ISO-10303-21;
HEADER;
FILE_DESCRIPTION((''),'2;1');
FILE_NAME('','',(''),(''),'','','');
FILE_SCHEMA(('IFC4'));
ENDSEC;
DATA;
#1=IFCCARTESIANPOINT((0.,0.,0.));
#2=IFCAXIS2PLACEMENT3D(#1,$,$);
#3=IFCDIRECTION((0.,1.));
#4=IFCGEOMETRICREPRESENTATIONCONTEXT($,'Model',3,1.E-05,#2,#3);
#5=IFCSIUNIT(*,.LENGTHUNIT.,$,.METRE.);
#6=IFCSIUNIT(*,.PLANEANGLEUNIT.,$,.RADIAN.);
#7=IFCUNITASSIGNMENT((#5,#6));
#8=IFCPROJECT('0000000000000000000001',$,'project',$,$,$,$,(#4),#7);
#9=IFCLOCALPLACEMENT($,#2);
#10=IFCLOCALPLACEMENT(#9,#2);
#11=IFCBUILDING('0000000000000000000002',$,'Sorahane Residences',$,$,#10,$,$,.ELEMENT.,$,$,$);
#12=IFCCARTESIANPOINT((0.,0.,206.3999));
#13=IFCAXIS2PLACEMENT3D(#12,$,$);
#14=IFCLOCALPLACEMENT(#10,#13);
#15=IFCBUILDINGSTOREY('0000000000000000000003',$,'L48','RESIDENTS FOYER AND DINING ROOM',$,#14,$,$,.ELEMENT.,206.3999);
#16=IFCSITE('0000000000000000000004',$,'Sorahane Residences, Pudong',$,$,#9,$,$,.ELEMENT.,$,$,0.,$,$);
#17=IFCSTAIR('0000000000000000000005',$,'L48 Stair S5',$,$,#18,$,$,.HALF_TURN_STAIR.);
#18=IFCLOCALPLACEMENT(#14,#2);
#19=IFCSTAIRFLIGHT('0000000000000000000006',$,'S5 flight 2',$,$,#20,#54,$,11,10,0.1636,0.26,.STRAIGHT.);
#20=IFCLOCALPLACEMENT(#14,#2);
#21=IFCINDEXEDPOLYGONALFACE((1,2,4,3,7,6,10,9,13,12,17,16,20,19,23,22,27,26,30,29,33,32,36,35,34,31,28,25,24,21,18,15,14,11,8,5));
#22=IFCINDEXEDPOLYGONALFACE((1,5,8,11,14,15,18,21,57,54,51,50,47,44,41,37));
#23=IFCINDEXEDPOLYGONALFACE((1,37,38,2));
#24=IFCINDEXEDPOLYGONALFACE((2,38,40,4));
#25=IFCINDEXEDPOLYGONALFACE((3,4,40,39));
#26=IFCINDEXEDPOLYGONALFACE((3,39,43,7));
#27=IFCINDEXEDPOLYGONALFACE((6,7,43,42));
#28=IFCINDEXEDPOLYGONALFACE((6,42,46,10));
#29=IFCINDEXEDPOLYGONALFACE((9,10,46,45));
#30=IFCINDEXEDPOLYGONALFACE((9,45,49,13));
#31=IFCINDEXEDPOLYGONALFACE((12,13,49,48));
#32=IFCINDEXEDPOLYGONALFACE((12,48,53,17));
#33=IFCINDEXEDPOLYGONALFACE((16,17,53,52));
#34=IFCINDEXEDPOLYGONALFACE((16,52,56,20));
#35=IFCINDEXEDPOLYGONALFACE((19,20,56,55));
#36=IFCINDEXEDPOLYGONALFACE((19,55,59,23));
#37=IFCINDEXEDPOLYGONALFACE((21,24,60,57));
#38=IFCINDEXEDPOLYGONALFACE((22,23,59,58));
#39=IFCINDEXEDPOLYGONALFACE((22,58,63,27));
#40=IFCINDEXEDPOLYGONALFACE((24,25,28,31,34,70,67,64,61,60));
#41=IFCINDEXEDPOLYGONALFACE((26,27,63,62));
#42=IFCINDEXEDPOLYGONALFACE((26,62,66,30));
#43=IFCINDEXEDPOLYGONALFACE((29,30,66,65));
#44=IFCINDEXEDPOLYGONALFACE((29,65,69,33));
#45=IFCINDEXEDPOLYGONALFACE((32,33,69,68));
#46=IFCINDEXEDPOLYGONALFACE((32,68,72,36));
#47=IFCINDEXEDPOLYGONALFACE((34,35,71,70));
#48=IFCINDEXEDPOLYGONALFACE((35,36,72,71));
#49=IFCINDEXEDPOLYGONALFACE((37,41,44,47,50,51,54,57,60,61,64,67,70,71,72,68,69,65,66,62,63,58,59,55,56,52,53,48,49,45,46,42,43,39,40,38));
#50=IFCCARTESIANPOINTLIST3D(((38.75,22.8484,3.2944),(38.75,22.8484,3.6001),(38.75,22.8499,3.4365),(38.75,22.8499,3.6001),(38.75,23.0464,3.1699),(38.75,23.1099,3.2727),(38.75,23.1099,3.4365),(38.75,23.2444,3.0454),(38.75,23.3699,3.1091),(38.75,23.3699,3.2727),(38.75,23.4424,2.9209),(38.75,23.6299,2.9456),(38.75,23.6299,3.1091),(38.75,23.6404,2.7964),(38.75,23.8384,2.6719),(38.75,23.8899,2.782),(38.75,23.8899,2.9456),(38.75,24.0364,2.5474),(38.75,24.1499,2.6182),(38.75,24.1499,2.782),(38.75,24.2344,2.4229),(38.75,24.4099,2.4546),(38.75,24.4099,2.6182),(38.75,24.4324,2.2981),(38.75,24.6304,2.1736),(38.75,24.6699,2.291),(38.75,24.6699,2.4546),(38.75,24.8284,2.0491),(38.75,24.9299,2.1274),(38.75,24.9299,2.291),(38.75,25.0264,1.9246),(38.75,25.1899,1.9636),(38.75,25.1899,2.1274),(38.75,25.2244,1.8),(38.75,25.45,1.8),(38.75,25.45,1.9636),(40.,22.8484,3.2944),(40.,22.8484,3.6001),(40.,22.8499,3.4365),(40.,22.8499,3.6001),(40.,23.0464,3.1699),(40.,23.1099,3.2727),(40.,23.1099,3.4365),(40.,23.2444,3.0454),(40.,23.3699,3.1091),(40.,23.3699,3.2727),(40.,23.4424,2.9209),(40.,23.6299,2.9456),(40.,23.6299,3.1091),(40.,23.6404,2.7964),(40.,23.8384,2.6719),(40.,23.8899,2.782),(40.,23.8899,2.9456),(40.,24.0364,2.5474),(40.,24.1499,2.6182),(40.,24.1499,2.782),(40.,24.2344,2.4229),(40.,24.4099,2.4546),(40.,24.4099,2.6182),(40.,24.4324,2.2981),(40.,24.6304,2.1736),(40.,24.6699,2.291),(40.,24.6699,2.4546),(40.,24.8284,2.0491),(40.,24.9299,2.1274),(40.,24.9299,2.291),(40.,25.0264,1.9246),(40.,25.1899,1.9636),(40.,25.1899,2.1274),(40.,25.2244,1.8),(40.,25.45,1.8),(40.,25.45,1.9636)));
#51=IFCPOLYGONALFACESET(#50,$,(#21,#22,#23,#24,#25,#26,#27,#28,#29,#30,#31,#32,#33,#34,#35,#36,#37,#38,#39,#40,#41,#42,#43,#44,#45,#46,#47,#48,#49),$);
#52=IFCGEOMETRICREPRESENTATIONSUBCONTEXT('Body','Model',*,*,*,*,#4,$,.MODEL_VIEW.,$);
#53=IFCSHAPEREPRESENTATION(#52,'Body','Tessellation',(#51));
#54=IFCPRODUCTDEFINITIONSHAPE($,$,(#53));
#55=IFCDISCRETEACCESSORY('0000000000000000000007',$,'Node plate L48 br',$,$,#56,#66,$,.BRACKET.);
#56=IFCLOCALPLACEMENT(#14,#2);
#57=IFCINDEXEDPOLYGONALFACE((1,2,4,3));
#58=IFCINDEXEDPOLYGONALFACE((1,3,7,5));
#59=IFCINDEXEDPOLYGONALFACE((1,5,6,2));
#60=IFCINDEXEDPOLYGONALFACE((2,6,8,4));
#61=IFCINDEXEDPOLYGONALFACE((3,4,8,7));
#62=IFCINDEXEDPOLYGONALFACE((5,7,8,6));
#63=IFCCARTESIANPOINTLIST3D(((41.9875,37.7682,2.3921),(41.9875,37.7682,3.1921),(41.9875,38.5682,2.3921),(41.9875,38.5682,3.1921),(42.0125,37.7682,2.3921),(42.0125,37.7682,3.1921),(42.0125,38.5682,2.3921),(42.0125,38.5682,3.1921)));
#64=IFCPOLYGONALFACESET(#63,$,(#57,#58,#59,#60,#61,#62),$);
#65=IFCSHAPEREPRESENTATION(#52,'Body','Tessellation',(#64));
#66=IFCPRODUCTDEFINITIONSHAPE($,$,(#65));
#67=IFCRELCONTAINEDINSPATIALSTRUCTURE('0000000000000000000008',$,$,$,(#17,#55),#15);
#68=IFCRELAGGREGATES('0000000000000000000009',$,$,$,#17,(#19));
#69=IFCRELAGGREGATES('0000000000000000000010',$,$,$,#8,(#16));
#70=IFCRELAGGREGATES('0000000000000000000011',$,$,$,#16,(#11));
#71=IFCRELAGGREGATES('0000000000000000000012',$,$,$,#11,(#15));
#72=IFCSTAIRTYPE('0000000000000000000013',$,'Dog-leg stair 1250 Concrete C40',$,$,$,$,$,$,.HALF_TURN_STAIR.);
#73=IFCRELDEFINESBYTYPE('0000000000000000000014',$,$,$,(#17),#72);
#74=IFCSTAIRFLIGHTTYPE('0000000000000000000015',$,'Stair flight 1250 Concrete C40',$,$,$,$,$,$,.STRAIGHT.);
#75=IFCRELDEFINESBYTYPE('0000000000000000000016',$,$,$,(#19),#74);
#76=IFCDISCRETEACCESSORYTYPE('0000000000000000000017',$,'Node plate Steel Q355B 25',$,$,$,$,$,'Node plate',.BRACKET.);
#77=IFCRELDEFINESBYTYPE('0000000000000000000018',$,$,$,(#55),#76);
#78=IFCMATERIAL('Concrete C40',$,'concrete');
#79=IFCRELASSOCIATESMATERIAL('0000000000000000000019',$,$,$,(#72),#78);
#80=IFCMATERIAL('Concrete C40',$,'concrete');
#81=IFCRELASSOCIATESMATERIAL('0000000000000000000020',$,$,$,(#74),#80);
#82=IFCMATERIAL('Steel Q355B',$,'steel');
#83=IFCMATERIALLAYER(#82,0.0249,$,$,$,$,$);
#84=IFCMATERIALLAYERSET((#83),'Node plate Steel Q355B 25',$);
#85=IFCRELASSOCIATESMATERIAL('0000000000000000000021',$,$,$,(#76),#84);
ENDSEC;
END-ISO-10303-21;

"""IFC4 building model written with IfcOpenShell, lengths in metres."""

from ifc_helpers import new_model, si_unit, direction, frame, origin, origin_2d, place, context, subcontext, project, spatial, polyline, rectangle, outline, extrude, material, layer, layer_set, type_object, element, aggregate, save


model = new_model("IFC4")

# Units and contexts
model_context = context("Model", 3, precision=1e-05, world=origin(), true_north=direction((0.0, 1.0)))
body_context = subcontext(model_context, "Body", "Model", "MODEL_VIEW")
ifc_project = project(units=[si_unit("LENGTHUNIT", "METRE"), si_unit("PLANEANGLEUNIT", "RADIAN")], contexts=[model_context])

# Site, building, storey
site_placement = place(None, origin())
site = spatial("IfcSite", under=ifc_project, at=site_placement, Name="Sorahane Residences, Pudong", CompositionType="ELEMENT", RefElevation=0.0)
building_placement = place(site_placement, origin())
building = spatial("IfcBuilding", under=site, at=building_placement, Name="Sorahane Residences", CompositionType="ELEMENT")
storey_placement = place(building_placement, frame((0.0, 0.0, 206.3999)))
storey = spatial("IfcBuildingStorey", under=building, at=storey_placement, Name="L48", Description="RESIDENTS FOYER AND DINING ROOM", CompositionType="ELEMENT", Elevation=206.3999)

# Stair, stair flight
ifc_material_1 = material(Name="Concrete C40", Category="concrete")
stair_type = type_object("IfcStairType", Name="Dog-leg stair 1250 Concrete C40", PredefinedType="HALF_TURN_STAIR", material=ifc_material_1)
ifc_material_2 = material(Name="Concrete C40", Category="concrete")
stair_flight_type = type_object("IfcStairFlightType", Name="Stair flight 1250 Concrete C40", PredefinedType="STRAIGHT", material=ifc_material_2)
stair_1_placement = place(storey_placement, origin())
stair_1 = element("IfcStair", 1, at=stair_1_placement, inside=storey, type_object=stair_type, Name="L48 Stair S5", PredefinedType="HALF_TURN_STAIR")
stair_flight_1_placement = place(storey_placement, frame((39.375, 25.45, 1.8), z_axis=(0.0, 0.0, 1.0), x_axis=(0.0, -1.0, 0.0)))
stair_flight_1 = element("IfcStairFlight", 2, at=stair_flight_1_placement, type_object=stair_flight_type, Name="S5 flight 2", NumberOfRisers=11, NumberOfTreads=10, PredefinedType="STRAIGHT", RiserHeight=0.1636, TreadLength=0.26, context=body_context, shape_type="SweptSolid", body=[
    extrude(outline(polyline([(0.0, 0.0), (0.0, 0.1636), (0.26, 0.1636), (0.26, 0.3274), (0.52, 0.3274), (0.52, 0.491), (0.78, 0.491), (0.78, 0.6545), (1.04, 0.6545), (1.04, 0.8181), (1.3, 0.8181), (1.3, 0.9819), (1.5601, 0.9819), (1.5601, 1.1455), (1.8201, 1.1455), (1.8201, 1.3091), (2.0801, 1.3091), (2.0801, 1.4727), (2.3401, 1.4727), (2.3401, 1.6365), (2.6001, 1.6365), (2.6001, 1.8), (2.6016, 1.8), (2.6016, 1.4944), (2.4036, 1.3699), (2.2056, 1.2454), (2.0076, 1.1208), (1.8096, 0.9963), (1.6116, 0.8718), (1.4136, 0.7473), (1.2156, 0.6228), (1.0176, 0.498), (0.8196, 0.3735), (0.6216, 0.249), (0.4236, 0.1245), (0.2256, 0.0), (0.0, 0.0)])), frame((0.0, 0.625, 0.0), z_axis=(0.0, -1.0, 0.0), x_axis=(1.0, 0.0, 0.0)), (0.0, 0.0, 1.0), 1.25),
])
aggregate(stair_1, [stair_flight_1])

# Discrete accessory
ifc_material_3 = material(Name="Steel Q355B", Category="steel")
ifc_layer_1 = layer(ifc_material_3, 0.0249)
ifc_layer_set_1 = layer_set([ifc_layer_1], Name="Node plate Steel Q355B 25")
discrete_accessory_type = type_object("IfcDiscreteAccessoryType", Name="Node plate Steel Q355B 25", ElementType="Node plate", PredefinedType="BRACKET", material=ifc_layer_set_1)
discrete_accessory_placement = place(storey_placement, frame((42.0, 38.1682, 2.3921), z_axis=(0.0, 0.0, 1.0), x_axis=(0.0, 1.0, 0.0)))
element("IfcDiscreteAccessory", 3, at=discrete_accessory_placement, inside=storey, type_object=discrete_accessory_type, Name="Node plate L48 br", PredefinedType="BRACKET", context=body_context, shape_type="SweptSolid", body=[
    extrude(rectangle(XDim=0.8, YDim=0.0249, at=origin_2d()), origin(), (0.0, 0.0, 1.0), 0.8),
])

save(model, "model.ifc")
